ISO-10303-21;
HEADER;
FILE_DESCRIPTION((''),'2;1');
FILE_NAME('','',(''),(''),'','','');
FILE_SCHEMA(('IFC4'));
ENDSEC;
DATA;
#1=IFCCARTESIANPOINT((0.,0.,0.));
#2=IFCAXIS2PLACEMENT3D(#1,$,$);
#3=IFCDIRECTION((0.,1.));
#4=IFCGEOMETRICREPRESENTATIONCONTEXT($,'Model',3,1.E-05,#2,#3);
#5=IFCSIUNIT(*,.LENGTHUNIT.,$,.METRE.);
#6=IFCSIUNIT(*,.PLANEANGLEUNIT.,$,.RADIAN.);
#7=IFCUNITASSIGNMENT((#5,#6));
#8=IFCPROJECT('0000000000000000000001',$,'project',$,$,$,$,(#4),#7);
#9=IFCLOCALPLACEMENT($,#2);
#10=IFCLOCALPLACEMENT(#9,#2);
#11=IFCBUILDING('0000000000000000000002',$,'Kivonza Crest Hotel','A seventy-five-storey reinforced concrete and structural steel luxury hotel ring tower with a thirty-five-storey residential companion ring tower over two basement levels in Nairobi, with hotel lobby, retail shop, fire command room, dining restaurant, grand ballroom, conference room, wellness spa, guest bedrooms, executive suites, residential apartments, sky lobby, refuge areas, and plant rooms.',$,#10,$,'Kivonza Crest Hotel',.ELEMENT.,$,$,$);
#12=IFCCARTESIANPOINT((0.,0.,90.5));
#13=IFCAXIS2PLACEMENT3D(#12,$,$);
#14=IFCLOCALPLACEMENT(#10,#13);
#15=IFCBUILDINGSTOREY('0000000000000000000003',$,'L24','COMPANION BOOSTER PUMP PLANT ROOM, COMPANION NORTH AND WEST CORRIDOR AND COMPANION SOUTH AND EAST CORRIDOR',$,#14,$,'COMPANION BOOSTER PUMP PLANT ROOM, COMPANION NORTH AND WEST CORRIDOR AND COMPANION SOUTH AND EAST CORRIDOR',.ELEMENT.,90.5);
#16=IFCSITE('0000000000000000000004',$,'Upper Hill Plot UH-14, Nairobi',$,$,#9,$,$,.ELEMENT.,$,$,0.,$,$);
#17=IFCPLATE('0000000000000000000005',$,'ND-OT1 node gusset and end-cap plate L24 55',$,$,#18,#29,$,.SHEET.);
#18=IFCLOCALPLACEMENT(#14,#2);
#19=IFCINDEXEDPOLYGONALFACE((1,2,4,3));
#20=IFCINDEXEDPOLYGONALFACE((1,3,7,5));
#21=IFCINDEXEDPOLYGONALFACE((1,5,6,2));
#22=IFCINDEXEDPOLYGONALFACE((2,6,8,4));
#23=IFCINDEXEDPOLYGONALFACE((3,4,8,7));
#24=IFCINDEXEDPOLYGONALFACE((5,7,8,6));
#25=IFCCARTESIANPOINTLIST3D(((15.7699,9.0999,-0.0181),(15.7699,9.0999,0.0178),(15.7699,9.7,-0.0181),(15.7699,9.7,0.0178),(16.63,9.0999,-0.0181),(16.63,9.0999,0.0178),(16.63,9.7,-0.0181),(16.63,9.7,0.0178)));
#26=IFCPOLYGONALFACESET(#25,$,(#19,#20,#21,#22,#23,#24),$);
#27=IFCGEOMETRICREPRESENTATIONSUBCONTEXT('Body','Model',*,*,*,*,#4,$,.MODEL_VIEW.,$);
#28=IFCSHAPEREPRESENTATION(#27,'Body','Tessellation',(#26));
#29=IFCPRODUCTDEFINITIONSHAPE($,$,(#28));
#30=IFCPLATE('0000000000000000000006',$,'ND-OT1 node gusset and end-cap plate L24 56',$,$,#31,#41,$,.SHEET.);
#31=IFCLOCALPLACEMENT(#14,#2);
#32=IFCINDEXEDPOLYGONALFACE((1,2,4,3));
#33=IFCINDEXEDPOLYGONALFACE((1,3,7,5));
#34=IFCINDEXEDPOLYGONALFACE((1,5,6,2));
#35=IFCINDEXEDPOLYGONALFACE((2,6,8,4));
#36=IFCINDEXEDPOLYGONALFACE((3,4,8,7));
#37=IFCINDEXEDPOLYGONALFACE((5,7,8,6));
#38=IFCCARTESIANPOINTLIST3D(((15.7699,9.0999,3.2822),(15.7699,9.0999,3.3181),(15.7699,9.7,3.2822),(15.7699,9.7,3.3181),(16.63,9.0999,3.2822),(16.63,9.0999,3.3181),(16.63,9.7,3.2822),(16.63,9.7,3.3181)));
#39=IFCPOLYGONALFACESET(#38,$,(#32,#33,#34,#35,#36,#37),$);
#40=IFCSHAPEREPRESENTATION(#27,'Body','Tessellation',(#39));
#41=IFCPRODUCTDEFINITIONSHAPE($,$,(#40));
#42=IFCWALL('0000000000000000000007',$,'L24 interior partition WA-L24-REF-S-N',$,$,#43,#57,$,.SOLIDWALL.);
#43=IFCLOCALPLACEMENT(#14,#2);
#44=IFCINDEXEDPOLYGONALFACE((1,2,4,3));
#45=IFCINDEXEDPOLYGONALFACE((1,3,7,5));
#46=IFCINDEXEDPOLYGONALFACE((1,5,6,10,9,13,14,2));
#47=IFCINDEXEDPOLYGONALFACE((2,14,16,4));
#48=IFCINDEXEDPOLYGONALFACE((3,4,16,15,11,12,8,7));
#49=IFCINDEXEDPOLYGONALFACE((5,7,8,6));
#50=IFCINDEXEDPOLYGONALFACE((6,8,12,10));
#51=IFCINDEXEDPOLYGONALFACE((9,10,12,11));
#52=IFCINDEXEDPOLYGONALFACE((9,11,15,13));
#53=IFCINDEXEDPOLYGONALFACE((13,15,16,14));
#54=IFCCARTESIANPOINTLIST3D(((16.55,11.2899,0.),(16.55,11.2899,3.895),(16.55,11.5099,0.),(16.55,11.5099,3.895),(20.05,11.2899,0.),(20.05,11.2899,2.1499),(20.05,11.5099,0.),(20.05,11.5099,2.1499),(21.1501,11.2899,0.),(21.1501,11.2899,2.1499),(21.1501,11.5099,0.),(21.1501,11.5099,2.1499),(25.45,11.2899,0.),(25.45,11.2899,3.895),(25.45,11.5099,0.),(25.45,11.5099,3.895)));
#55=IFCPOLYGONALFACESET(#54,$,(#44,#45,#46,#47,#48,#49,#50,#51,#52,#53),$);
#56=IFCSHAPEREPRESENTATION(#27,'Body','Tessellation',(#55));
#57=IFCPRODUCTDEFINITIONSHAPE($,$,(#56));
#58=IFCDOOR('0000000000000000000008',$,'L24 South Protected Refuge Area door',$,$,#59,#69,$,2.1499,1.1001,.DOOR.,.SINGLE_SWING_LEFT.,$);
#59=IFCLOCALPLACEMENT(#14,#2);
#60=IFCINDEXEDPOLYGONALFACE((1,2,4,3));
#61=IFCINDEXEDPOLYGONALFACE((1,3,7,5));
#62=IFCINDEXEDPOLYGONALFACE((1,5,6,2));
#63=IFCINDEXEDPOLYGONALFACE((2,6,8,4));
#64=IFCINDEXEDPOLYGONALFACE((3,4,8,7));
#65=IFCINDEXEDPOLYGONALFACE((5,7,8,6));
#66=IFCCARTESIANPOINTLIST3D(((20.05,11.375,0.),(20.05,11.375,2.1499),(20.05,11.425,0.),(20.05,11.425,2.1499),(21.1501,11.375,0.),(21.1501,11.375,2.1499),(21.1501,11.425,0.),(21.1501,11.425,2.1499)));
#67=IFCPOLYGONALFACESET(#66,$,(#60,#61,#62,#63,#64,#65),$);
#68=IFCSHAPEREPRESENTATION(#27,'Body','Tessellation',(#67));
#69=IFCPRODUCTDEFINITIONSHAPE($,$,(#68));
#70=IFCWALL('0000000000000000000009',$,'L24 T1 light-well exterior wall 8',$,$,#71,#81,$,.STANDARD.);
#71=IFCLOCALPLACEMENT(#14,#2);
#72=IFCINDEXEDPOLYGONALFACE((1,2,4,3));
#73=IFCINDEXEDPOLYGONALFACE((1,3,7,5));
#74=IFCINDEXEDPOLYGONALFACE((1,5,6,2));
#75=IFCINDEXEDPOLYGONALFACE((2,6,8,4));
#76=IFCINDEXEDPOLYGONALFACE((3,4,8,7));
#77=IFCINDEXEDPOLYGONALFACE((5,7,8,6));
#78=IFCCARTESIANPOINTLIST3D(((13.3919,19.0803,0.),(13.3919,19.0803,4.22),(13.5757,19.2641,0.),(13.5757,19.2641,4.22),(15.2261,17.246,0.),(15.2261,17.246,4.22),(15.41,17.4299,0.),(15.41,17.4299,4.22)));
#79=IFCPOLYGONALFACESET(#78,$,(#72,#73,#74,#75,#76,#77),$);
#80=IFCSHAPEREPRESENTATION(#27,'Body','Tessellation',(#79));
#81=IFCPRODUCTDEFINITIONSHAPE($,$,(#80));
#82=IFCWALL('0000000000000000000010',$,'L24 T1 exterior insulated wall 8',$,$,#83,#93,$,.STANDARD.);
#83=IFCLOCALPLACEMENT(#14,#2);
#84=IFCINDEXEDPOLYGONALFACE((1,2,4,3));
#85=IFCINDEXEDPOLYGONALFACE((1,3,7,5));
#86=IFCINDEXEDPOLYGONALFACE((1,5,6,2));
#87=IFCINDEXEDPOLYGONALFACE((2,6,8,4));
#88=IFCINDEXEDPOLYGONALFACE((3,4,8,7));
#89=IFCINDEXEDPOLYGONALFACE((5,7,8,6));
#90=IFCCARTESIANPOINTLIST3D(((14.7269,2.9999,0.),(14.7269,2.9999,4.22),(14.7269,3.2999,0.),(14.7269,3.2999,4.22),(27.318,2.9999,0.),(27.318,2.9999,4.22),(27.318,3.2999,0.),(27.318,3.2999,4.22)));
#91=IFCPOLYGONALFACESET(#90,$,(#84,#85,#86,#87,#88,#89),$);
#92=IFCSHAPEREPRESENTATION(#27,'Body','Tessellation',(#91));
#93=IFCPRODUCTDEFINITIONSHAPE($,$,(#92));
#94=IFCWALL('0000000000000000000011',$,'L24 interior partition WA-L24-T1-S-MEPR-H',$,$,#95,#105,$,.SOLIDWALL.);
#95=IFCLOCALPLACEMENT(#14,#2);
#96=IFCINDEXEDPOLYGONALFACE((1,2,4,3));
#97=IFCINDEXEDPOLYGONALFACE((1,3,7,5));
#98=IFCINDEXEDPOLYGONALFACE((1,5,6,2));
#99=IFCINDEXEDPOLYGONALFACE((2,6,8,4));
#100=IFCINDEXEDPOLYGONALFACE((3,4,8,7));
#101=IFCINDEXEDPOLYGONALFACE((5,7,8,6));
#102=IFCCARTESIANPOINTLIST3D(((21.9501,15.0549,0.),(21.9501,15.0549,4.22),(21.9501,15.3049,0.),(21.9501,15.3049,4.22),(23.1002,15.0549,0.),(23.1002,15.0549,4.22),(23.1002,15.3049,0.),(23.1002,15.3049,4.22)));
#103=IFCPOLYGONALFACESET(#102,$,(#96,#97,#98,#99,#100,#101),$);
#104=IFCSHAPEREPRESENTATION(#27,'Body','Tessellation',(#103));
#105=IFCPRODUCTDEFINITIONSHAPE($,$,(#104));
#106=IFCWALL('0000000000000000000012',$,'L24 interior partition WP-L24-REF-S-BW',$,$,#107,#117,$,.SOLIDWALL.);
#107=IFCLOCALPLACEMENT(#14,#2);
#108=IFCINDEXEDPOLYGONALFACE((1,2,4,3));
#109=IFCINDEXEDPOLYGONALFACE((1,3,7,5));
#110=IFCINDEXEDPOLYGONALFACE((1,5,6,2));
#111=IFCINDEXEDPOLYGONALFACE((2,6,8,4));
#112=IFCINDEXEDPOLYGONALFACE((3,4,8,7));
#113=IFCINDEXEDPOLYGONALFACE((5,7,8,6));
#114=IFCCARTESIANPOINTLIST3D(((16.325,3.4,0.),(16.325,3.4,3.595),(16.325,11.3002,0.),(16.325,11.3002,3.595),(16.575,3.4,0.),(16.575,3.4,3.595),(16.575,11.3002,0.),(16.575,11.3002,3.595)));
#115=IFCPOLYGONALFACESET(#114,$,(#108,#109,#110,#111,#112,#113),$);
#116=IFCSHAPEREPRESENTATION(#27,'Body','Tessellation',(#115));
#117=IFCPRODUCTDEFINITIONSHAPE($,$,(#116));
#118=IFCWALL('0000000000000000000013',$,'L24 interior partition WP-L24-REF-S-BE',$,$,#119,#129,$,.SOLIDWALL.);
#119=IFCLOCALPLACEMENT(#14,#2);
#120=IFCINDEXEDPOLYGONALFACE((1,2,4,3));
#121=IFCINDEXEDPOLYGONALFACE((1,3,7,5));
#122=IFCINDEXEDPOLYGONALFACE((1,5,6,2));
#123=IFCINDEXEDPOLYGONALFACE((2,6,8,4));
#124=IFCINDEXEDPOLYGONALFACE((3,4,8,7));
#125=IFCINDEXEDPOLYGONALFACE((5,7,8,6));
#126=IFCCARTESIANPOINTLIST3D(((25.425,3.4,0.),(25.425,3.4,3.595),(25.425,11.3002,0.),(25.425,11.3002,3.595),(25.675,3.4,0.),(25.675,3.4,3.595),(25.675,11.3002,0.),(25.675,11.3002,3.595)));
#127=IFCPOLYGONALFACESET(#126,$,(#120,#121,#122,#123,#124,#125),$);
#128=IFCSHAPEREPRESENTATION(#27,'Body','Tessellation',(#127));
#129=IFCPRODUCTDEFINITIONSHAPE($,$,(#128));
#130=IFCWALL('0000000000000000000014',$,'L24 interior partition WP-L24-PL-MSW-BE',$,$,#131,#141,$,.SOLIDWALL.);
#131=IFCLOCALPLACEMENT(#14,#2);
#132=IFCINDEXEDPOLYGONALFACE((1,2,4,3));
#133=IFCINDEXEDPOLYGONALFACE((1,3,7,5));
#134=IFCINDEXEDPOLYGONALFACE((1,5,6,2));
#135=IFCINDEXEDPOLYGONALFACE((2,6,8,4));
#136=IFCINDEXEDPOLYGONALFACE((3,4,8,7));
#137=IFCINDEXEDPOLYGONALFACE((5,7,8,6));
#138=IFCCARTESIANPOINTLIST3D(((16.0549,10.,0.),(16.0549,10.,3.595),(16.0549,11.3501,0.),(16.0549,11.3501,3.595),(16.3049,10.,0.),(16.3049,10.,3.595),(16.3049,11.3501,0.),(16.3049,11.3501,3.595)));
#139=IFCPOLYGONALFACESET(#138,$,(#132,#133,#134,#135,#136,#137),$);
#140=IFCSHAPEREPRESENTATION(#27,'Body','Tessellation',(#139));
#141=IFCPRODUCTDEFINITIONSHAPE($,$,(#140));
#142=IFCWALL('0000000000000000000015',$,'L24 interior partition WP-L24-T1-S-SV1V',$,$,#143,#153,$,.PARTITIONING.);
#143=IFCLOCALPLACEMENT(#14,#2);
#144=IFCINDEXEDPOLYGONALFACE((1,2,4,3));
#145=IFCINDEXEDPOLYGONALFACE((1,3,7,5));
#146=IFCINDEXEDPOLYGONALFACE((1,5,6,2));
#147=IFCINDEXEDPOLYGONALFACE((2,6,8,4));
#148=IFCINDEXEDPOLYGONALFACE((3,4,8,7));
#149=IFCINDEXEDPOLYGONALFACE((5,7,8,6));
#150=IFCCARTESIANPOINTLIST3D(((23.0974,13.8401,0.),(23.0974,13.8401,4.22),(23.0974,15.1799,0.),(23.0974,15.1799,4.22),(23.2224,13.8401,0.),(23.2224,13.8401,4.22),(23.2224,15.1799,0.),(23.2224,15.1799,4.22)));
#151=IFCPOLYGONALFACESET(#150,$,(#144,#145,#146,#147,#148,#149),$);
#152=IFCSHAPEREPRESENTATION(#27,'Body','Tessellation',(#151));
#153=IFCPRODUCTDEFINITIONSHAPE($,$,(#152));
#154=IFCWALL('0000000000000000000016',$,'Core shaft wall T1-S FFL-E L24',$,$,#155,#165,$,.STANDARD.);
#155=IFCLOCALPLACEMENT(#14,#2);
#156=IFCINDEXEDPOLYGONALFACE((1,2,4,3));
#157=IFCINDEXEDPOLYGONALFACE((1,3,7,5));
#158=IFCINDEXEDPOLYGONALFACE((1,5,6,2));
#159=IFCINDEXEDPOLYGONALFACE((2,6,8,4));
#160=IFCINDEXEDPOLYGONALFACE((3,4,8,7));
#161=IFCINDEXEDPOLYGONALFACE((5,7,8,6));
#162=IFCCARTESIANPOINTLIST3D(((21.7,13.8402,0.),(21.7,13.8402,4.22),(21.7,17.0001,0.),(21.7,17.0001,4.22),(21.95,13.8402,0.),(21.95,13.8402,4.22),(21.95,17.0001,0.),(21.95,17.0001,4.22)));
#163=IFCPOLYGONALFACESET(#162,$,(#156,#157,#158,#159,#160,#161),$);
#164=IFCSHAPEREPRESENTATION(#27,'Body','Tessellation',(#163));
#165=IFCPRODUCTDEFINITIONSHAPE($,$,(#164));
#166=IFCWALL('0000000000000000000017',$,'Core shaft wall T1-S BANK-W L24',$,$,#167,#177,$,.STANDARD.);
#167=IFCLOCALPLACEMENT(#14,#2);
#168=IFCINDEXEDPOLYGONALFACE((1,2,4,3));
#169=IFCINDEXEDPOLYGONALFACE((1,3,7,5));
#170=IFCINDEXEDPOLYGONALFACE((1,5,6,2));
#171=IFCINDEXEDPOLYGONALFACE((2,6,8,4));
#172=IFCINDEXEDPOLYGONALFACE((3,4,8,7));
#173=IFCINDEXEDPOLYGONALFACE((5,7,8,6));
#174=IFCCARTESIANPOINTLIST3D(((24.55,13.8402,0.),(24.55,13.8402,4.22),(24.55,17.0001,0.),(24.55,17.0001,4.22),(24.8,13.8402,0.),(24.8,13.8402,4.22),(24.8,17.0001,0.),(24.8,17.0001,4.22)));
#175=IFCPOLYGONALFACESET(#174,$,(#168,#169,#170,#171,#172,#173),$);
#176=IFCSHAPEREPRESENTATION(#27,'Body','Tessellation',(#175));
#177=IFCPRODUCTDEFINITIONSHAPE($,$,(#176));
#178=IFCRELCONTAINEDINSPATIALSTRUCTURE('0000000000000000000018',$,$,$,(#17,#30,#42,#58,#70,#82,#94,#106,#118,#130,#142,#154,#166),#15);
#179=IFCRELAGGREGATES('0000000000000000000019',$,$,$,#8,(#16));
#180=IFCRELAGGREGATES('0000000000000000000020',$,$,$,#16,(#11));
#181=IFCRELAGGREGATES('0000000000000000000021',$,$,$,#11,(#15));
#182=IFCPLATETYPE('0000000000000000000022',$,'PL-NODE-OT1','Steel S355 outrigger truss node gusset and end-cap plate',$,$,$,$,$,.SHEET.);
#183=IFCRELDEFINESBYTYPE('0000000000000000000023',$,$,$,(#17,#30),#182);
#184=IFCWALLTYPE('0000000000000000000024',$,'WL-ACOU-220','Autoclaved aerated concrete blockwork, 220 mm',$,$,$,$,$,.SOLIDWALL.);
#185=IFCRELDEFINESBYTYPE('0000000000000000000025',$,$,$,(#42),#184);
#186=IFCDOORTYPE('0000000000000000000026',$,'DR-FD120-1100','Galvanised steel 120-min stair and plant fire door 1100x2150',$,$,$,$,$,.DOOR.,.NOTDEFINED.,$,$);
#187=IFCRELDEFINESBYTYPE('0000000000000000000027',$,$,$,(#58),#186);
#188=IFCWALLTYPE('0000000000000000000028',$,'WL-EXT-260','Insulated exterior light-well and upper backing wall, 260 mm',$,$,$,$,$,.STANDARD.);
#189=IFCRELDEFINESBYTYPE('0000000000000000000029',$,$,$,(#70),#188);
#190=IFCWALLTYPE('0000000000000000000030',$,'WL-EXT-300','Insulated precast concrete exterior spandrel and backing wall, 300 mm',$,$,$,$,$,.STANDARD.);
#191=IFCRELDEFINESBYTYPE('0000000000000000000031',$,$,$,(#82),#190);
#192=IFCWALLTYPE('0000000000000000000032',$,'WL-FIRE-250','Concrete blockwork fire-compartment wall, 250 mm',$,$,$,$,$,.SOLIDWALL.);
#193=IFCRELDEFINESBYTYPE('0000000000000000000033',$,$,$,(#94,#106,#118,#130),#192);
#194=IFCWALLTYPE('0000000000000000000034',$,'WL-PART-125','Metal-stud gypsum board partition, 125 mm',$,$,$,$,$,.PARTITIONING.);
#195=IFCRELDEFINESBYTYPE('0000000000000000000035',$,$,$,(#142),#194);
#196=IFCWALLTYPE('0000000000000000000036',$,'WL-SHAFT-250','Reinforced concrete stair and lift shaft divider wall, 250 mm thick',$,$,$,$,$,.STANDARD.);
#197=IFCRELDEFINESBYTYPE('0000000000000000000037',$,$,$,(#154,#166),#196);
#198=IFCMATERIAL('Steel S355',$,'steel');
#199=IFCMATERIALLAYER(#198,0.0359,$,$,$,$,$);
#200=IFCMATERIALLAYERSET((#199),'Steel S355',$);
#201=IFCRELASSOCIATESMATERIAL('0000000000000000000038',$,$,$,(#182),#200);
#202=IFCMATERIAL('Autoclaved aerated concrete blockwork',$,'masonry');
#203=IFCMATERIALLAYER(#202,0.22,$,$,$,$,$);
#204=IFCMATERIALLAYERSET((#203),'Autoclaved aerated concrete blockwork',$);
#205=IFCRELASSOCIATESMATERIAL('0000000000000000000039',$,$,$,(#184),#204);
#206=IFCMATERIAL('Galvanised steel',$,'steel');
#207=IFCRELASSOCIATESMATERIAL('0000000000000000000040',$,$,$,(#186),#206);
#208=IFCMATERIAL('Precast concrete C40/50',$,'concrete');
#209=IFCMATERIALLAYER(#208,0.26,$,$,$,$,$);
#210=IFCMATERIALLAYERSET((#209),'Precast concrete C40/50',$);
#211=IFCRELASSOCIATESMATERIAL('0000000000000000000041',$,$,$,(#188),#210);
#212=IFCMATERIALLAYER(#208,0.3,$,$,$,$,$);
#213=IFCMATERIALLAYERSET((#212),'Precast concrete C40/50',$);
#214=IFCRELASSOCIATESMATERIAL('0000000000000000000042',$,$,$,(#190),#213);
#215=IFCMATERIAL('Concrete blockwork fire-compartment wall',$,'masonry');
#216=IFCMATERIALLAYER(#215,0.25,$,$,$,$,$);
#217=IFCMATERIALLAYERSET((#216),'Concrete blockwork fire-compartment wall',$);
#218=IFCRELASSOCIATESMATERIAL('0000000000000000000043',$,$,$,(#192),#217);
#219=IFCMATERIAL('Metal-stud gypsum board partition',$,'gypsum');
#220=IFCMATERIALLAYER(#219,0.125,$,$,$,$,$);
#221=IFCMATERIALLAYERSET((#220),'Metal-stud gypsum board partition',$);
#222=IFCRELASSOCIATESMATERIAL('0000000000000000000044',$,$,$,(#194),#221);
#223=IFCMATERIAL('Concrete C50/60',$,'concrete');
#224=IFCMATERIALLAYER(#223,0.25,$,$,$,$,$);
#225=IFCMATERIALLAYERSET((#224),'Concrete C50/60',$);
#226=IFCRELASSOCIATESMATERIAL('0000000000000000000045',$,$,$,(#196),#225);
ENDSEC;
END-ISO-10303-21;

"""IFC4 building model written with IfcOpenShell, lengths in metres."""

from ifc_helpers import new_model, si_unit, direction, frame, frame_2d, origin, origin_2d, place, context, subcontext, project, spatial, rectangle, extrude, material, layer, layer_set, type_object, element, fill, save


model = new_model("IFC4")

# Units and contexts
model_context = context("Model", 3, precision=1e-05, world=origin(), true_north=direction((0.0, 1.0)))
body_context = subcontext(model_context, "Body", "Model", "MODEL_VIEW")
ifc_project = project(units=[si_unit("LENGTHUNIT", "METRE"), si_unit("PLANEANGLEUNIT", "RADIAN")], contexts=[model_context])

# Site, building, storey
site_placement = place(None, origin())
site = spatial("IfcSite", under=ifc_project, at=site_placement, Name="Upper Hill Plot UH-14, Nairobi", CompositionType="ELEMENT", RefElevation=0.0)
building_placement = place(site_placement, origin())
building = spatial("IfcBuilding", under=site, at=building_placement, Name="Kivonza Crest Hotel", Description="A seventy-five-storey reinforced concrete and structural steel luxury hotel ring tower with a thirty-five-storey residential companion ring tower over two basement levels in Nairobi, with hotel lobby, retail shop, fire command room, dining restaurant, grand ballroom, conference room, wellness spa, guest bedrooms, executive suites, residential apartments, sky lobby, refuge areas, and plant rooms.", LongName="Kivonza Crest Hotel", CompositionType="ELEMENT")
storey_placement = place(building_placement, frame((0.0, 0.0, 90.5)))
storey = spatial("IfcBuildingStorey", under=building, at=storey_placement, Name="L24", Description="COMPANION BOOSTER PUMP PLANT ROOM, COMPANION NORTH AND WEST CORRIDOR AND COMPANION SOUTH AND EAST CORRIDOR", LongName="COMPANION BOOSTER PUMP PLANT ROOM, COMPANION NORTH AND WEST CORRIDOR AND COMPANION SOUTH AND EAST CORRIDOR", CompositionType="ELEMENT", Elevation=90.5)

# Shared definitions
ifc_material_1 = material(Name="Concrete C50/60", Category="concrete")

# Shared definitions
ifc_material_2 = material(Name="Steel S355", Category="steel")

# Plates
ifc_layer_1 = layer(ifc_material_2, 0.0359)
ifc_layer_set_1 = layer_set([ifc_layer_1], Name="Steel S355")
plate_type = type_object("IfcPlateType", Name="PL-NODE-OT1", Description="Steel S355 outrigger truss node gusset and end-cap plate", PredefinedType="SHEET", material=ifc_layer_set_1)
for number, where, z_axis, x_axis, name in (
    (1, (16.2, 9.3999, -0.0181), (0.0, 0.0, 1.0), (1.0, 0.0, 0.0), "ND-OT1 node gusset and end-cap plate L24 55"),
    (2, (16.2, 9.3999, 3.2822), (0.0, 0.0, 1.0), (1.0, 0.0, 0.0), "ND-OT1 node gusset and end-cap plate L24 56"),
):
    element("IfcPlate", number, at=place(storey_placement, frame(where, z_axis=z_axis, x_axis=x_axis)), inside=storey, type_object=plate_type, Name=name, PredefinedType="SHEET", context=body_context, shape_type="SweptSolid", body=[
        extrude(rectangle(XDim=0.8601, YDim=0.6001, at=origin_2d()), origin(), (0.0, 0.0, 1.0), 0.0359),
    ])

# Wall, opening, door
ifc_material_3 = material(Name="Autoclaved aerated concrete blockwork", Category="masonry")
ifc_layer_2 = layer(ifc_material_3, 0.22)
ifc_layer_set_2 = layer_set([ifc_layer_2], Name="Autoclaved aerated concrete blockwork")
wall_type_1 = type_object("IfcWallType", Name="WL-ACOU-220", Description="Autoclaved aerated concrete blockwork, 220 mm", PredefinedType="SOLIDWALL", material=ifc_layer_set_2)
wall_1_placement = place(storey_placement, frame((16.55, 11.3999, 0.0), z_axis=(0.0, 0.0, 1.0), x_axis=(1.0, 0.0, 0.0)))
wall_1 = element("IfcWall", 3, at=wall_1_placement, inside=storey, type_object=wall_type_1, Name="L24 interior partition WA-L24-REF-S-N", PredefinedType="SOLIDWALL", context=body_context, shape_type="SweptSolid", body=[
    extrude(rectangle(XDim=8.8999, YDim=0.22, at=frame_2d((4.45, 0.0))), origin(), (0.0, 0.0, 1.0), 3.895),
])
opening_1_placement = place(wall_1_placement, frame((3.5, 0.0, 0.0)))
opening_1 = element("IfcOpeningElement", 4, at=opening_1_placement, cuts=wall_1, PredefinedType="OPENING", context=body_context, shape_type="SweptSolid", body=[
    extrude(rectangle(XDim=1.1001, YDim=2.1499, at=frame_2d((0.55, 1.075))), frame((0.0, 0.1201, 0.0), z_axis=(0.0, -1.0, 0.0), x_axis=(1.0, 0.0, 0.0)), (0.0, 0.0, 1.0), 0.24),
])
ifc_material_4 = material(Name="Galvanised steel", Category="steel")
door_type_1 = type_object("IfcDoorType", Name="DR-FD120-1100", Description="Galvanised steel 120-min stair and plant fire door 1100x2150", OperationType="NOTDEFINED", PredefinedType="DOOR", material=ifc_material_4)
door_1_placement = place(opening_1_placement, frame((1.1001, 0.0, 0.0), z_axis=(0.0, 0.0, 1.0), x_axis=(-1.0, 0.0, 0.0)))
door_1 = element("IfcDoor", 5, at=door_1_placement, inside=storey, type_object=door_type_1, Name="L24 South Protected Refuge Area door", OperationType="SINGLE_SWING_LEFT", OverallHeight=2.1499, OverallWidth=1.1001, PredefinedType="DOOR", context=body_context, shape_type="SweptSolid", body=[
    extrude(rectangle(XDim=1.1001, YDim=2.1499, at=frame_2d((0.55, 1.075))), frame((0.0, 0.0249, 0.0), z_axis=(0.0, -1.0, 0.0), x_axis=(1.0, 0.0, 0.0)), (0.0, 0.0, 1.0), 0.05),
])
fill(opening_1, door_1)

# Walls
ifc_material_5 = material(Name="Precast concrete C40/50", Category="concrete")
ifc_layer_3 = layer(ifc_material_5, 0.26)
ifc_layer_set_3 = layer_set([ifc_layer_3], Name="Precast concrete C40/50")
wall_type_2 = type_object("IfcWallType", Name="WL-EXT-260", Description="Insulated exterior light-well and upper backing wall, 260 mm", PredefinedType="STANDARD", material=ifc_layer_set_3)
wall_2_placement = place(storey_placement, frame((13.4839, 19.1721, 0.0), z_axis=(0.0, 0.0, 1.0), x_axis=(0.707107, -0.707107, 0.0)))
element("IfcWall", 6, at=wall_2_placement, inside=storey, type_object=wall_type_2, Name="L24 T1 light-well exterior wall 8", PredefinedType="STANDARD", context=body_context, shape_type="SweptSolid", body=[
    extrude(rectangle(XDim=2.594, YDim=0.26, at=frame_2d((1.2969, 0.0))), origin(), (0.0, 0.0, 1.0), 4.22),
])
ifc_layer_4 = layer(ifc_material_5, 0.3)
ifc_layer_set_4 = layer_set([ifc_layer_4], Name="Precast concrete C40/50")
wall_type_3 = type_object("IfcWallType", Name="WL-EXT-300", Description="Insulated precast concrete exterior spandrel and backing wall, 300 mm", PredefinedType="STANDARD", material=ifc_layer_set_4)
wall_3_placement = place(storey_placement, frame((14.7271, 3.1499, 0.0), z_axis=(0.0, 0.0, 1.0), x_axis=(1.0, 0.0, 0.0)))
element("IfcWall", 7, at=wall_3_placement, inside=storey, type_object=wall_type_3, Name="L24 T1 exterior insulated wall 8", PredefinedType="STANDARD", context=body_context, shape_type="SweptSolid", body=[
    extrude(rectangle(XDim=12.5911, YDim=0.3, at=frame_2d((6.2954, 0.0))), origin(), (0.0, 0.0, 1.0), 4.22),
])
ifc_material_6 = material(Name="Concrete blockwork fire-compartment wall", Category="masonry")
ifc_layer_5 = layer(ifc_material_6, 0.25)
ifc_layer_set_5 = layer_set([ifc_layer_5], Name="Concrete blockwork fire-compartment wall")
wall_type_4 = type_object("IfcWallType", Name="WL-FIRE-250", Description="Concrete blockwork fire-compartment wall, 250 mm", PredefinedType="SOLIDWALL", material=ifc_layer_set_5)
wall_4_placement = place(storey_placement, frame((21.95, 15.1799, 0.0), z_axis=(0.0, 0.0, 1.0), x_axis=(1.0, 0.0, 0.0)))
element("IfcWall", 8, at=wall_4_placement, inside=storey, type_object=wall_type_4, Name="L24 interior partition WA-L24-T1-S-MEPR-H", PredefinedType="SOLIDWALL", context=body_context, shape_type="SweptSolid", body=[
    extrude(rectangle(XDim=1.1501, YDim=0.25, at=frame_2d((0.5752, 0.0))), origin(), (0.0, 0.0, 1.0), 4.22),
])
for number, where, z_axis, x_axis, name in (
    (9, (16.45, 3.3999, 0.0), (0.0, 0.0, 1.0), (0.0, 1.0, 0.0), "L24 interior partition WP-L24-REF-S-BW"),
    (10, (25.55, 3.3999, 0.0), (0.0, 0.0, 1.0), (0.0, 1.0, 0.0), "L24 interior partition WP-L24-REF-S-BE"),
):
    element("IfcWall", number, at=place(storey_placement, frame(where, z_axis=z_axis, x_axis=x_axis)), inside=storey, type_object=wall_type_4, Name=name, PredefinedType="SOLIDWALL", context=body_context, shape_type="SweptSolid", body=[
        extrude(rectangle(XDim=7.9001, YDim=0.25, at=frame_2d((3.9502, 0.0))), origin(), (0.0, 0.0, 1.0), 3.595),
    ])
wall_5_placement = place(storey_placement, frame((16.1799, 10.0, 0.0), z_axis=(0.0, 0.0, 1.0), x_axis=(0.0, 1.0, 0.0)))
element("IfcWall", 11, at=wall_5_placement, inside=storey, type_object=wall_type_4, Name="L24 interior partition WP-L24-PL-MSW-BE", PredefinedType="SOLIDWALL", context=body_context, shape_type="SweptSolid", body=[
    extrude(rectangle(XDim=1.3501, YDim=0.25, at=frame_2d((0.675, 0.0))), origin(), (0.0, 0.0, 1.0), 3.595),
])
ifc_material_7 = material(Name="Metal-stud gypsum board partition", Category="gypsum")
ifc_layer_6 = layer(ifc_material_7, 0.125)
ifc_layer_set_6 = layer_set([ifc_layer_6], Name="Metal-stud gypsum board partition")
wall_type_5 = type_object("IfcWallType", Name="WL-PART-125", Description="Metal-stud gypsum board partition, 125 mm", PredefinedType="PARTITIONING", material=ifc_layer_set_6)
wall_6_placement = place(storey_placement, frame((23.1599, 13.8401, 0.0), z_axis=(0.0, 0.0, 1.0), x_axis=(0.0, 1.0, 0.0)))
element("IfcWall", 12, at=wall_6_placement, inside=storey, type_object=wall_type_5, Name="L24 interior partition WP-L24-T1-S-SV1V", PredefinedType="PARTITIONING", context=body_context, shape_type="SweptSolid", body=[
    extrude(rectangle(XDim=1.3398, YDim=0.125, at=frame_2d((0.6699, 0.0))), origin(), (0.0, 0.0, 1.0), 4.22),
])

# Shared definitions
ifc_layer_7 = layer(ifc_material_1, 0.25)
ifc_layer_set_7 = layer_set([ifc_layer_7], Name="Concrete C50/60")
wall_type_6 = type_object("IfcWallType", Name="WL-SHAFT-250", Description="Reinforced concrete stair and lift shaft divider wall, 250 mm thick", PredefinedType="STANDARD", material=ifc_layer_set_7)

# Walls
for number, where, z_axis, x_axis, name in (
    (13, (21.825, 13.8401, 0.0), (0.0, 0.0, 1.0), (0.0, 1.0, 0.0), "Core shaft wall T1-S FFL-E L24"),
    (14, (24.675, 13.8401, 0.0), (0.0, 0.0, 1.0), (0.0, 1.0, 0.0), "Core shaft wall T1-S BANK-W L24"),
):
    element("IfcWall", number, at=place(storey_placement, frame(where, z_axis=z_axis, x_axis=x_axis)), inside=storey, type_object=wall_type_6, Name=name, PredefinedType="STANDARD", context=body_context, shape_type="SweptSolid", body=[
        extrude(rectangle(XDim=3.1599, YDim=0.25, at=frame_2d((1.5801, 0.0))), origin(), (0.0, 0.0, 1.0), 4.22),
    ])

save(model, "model.ifc")
